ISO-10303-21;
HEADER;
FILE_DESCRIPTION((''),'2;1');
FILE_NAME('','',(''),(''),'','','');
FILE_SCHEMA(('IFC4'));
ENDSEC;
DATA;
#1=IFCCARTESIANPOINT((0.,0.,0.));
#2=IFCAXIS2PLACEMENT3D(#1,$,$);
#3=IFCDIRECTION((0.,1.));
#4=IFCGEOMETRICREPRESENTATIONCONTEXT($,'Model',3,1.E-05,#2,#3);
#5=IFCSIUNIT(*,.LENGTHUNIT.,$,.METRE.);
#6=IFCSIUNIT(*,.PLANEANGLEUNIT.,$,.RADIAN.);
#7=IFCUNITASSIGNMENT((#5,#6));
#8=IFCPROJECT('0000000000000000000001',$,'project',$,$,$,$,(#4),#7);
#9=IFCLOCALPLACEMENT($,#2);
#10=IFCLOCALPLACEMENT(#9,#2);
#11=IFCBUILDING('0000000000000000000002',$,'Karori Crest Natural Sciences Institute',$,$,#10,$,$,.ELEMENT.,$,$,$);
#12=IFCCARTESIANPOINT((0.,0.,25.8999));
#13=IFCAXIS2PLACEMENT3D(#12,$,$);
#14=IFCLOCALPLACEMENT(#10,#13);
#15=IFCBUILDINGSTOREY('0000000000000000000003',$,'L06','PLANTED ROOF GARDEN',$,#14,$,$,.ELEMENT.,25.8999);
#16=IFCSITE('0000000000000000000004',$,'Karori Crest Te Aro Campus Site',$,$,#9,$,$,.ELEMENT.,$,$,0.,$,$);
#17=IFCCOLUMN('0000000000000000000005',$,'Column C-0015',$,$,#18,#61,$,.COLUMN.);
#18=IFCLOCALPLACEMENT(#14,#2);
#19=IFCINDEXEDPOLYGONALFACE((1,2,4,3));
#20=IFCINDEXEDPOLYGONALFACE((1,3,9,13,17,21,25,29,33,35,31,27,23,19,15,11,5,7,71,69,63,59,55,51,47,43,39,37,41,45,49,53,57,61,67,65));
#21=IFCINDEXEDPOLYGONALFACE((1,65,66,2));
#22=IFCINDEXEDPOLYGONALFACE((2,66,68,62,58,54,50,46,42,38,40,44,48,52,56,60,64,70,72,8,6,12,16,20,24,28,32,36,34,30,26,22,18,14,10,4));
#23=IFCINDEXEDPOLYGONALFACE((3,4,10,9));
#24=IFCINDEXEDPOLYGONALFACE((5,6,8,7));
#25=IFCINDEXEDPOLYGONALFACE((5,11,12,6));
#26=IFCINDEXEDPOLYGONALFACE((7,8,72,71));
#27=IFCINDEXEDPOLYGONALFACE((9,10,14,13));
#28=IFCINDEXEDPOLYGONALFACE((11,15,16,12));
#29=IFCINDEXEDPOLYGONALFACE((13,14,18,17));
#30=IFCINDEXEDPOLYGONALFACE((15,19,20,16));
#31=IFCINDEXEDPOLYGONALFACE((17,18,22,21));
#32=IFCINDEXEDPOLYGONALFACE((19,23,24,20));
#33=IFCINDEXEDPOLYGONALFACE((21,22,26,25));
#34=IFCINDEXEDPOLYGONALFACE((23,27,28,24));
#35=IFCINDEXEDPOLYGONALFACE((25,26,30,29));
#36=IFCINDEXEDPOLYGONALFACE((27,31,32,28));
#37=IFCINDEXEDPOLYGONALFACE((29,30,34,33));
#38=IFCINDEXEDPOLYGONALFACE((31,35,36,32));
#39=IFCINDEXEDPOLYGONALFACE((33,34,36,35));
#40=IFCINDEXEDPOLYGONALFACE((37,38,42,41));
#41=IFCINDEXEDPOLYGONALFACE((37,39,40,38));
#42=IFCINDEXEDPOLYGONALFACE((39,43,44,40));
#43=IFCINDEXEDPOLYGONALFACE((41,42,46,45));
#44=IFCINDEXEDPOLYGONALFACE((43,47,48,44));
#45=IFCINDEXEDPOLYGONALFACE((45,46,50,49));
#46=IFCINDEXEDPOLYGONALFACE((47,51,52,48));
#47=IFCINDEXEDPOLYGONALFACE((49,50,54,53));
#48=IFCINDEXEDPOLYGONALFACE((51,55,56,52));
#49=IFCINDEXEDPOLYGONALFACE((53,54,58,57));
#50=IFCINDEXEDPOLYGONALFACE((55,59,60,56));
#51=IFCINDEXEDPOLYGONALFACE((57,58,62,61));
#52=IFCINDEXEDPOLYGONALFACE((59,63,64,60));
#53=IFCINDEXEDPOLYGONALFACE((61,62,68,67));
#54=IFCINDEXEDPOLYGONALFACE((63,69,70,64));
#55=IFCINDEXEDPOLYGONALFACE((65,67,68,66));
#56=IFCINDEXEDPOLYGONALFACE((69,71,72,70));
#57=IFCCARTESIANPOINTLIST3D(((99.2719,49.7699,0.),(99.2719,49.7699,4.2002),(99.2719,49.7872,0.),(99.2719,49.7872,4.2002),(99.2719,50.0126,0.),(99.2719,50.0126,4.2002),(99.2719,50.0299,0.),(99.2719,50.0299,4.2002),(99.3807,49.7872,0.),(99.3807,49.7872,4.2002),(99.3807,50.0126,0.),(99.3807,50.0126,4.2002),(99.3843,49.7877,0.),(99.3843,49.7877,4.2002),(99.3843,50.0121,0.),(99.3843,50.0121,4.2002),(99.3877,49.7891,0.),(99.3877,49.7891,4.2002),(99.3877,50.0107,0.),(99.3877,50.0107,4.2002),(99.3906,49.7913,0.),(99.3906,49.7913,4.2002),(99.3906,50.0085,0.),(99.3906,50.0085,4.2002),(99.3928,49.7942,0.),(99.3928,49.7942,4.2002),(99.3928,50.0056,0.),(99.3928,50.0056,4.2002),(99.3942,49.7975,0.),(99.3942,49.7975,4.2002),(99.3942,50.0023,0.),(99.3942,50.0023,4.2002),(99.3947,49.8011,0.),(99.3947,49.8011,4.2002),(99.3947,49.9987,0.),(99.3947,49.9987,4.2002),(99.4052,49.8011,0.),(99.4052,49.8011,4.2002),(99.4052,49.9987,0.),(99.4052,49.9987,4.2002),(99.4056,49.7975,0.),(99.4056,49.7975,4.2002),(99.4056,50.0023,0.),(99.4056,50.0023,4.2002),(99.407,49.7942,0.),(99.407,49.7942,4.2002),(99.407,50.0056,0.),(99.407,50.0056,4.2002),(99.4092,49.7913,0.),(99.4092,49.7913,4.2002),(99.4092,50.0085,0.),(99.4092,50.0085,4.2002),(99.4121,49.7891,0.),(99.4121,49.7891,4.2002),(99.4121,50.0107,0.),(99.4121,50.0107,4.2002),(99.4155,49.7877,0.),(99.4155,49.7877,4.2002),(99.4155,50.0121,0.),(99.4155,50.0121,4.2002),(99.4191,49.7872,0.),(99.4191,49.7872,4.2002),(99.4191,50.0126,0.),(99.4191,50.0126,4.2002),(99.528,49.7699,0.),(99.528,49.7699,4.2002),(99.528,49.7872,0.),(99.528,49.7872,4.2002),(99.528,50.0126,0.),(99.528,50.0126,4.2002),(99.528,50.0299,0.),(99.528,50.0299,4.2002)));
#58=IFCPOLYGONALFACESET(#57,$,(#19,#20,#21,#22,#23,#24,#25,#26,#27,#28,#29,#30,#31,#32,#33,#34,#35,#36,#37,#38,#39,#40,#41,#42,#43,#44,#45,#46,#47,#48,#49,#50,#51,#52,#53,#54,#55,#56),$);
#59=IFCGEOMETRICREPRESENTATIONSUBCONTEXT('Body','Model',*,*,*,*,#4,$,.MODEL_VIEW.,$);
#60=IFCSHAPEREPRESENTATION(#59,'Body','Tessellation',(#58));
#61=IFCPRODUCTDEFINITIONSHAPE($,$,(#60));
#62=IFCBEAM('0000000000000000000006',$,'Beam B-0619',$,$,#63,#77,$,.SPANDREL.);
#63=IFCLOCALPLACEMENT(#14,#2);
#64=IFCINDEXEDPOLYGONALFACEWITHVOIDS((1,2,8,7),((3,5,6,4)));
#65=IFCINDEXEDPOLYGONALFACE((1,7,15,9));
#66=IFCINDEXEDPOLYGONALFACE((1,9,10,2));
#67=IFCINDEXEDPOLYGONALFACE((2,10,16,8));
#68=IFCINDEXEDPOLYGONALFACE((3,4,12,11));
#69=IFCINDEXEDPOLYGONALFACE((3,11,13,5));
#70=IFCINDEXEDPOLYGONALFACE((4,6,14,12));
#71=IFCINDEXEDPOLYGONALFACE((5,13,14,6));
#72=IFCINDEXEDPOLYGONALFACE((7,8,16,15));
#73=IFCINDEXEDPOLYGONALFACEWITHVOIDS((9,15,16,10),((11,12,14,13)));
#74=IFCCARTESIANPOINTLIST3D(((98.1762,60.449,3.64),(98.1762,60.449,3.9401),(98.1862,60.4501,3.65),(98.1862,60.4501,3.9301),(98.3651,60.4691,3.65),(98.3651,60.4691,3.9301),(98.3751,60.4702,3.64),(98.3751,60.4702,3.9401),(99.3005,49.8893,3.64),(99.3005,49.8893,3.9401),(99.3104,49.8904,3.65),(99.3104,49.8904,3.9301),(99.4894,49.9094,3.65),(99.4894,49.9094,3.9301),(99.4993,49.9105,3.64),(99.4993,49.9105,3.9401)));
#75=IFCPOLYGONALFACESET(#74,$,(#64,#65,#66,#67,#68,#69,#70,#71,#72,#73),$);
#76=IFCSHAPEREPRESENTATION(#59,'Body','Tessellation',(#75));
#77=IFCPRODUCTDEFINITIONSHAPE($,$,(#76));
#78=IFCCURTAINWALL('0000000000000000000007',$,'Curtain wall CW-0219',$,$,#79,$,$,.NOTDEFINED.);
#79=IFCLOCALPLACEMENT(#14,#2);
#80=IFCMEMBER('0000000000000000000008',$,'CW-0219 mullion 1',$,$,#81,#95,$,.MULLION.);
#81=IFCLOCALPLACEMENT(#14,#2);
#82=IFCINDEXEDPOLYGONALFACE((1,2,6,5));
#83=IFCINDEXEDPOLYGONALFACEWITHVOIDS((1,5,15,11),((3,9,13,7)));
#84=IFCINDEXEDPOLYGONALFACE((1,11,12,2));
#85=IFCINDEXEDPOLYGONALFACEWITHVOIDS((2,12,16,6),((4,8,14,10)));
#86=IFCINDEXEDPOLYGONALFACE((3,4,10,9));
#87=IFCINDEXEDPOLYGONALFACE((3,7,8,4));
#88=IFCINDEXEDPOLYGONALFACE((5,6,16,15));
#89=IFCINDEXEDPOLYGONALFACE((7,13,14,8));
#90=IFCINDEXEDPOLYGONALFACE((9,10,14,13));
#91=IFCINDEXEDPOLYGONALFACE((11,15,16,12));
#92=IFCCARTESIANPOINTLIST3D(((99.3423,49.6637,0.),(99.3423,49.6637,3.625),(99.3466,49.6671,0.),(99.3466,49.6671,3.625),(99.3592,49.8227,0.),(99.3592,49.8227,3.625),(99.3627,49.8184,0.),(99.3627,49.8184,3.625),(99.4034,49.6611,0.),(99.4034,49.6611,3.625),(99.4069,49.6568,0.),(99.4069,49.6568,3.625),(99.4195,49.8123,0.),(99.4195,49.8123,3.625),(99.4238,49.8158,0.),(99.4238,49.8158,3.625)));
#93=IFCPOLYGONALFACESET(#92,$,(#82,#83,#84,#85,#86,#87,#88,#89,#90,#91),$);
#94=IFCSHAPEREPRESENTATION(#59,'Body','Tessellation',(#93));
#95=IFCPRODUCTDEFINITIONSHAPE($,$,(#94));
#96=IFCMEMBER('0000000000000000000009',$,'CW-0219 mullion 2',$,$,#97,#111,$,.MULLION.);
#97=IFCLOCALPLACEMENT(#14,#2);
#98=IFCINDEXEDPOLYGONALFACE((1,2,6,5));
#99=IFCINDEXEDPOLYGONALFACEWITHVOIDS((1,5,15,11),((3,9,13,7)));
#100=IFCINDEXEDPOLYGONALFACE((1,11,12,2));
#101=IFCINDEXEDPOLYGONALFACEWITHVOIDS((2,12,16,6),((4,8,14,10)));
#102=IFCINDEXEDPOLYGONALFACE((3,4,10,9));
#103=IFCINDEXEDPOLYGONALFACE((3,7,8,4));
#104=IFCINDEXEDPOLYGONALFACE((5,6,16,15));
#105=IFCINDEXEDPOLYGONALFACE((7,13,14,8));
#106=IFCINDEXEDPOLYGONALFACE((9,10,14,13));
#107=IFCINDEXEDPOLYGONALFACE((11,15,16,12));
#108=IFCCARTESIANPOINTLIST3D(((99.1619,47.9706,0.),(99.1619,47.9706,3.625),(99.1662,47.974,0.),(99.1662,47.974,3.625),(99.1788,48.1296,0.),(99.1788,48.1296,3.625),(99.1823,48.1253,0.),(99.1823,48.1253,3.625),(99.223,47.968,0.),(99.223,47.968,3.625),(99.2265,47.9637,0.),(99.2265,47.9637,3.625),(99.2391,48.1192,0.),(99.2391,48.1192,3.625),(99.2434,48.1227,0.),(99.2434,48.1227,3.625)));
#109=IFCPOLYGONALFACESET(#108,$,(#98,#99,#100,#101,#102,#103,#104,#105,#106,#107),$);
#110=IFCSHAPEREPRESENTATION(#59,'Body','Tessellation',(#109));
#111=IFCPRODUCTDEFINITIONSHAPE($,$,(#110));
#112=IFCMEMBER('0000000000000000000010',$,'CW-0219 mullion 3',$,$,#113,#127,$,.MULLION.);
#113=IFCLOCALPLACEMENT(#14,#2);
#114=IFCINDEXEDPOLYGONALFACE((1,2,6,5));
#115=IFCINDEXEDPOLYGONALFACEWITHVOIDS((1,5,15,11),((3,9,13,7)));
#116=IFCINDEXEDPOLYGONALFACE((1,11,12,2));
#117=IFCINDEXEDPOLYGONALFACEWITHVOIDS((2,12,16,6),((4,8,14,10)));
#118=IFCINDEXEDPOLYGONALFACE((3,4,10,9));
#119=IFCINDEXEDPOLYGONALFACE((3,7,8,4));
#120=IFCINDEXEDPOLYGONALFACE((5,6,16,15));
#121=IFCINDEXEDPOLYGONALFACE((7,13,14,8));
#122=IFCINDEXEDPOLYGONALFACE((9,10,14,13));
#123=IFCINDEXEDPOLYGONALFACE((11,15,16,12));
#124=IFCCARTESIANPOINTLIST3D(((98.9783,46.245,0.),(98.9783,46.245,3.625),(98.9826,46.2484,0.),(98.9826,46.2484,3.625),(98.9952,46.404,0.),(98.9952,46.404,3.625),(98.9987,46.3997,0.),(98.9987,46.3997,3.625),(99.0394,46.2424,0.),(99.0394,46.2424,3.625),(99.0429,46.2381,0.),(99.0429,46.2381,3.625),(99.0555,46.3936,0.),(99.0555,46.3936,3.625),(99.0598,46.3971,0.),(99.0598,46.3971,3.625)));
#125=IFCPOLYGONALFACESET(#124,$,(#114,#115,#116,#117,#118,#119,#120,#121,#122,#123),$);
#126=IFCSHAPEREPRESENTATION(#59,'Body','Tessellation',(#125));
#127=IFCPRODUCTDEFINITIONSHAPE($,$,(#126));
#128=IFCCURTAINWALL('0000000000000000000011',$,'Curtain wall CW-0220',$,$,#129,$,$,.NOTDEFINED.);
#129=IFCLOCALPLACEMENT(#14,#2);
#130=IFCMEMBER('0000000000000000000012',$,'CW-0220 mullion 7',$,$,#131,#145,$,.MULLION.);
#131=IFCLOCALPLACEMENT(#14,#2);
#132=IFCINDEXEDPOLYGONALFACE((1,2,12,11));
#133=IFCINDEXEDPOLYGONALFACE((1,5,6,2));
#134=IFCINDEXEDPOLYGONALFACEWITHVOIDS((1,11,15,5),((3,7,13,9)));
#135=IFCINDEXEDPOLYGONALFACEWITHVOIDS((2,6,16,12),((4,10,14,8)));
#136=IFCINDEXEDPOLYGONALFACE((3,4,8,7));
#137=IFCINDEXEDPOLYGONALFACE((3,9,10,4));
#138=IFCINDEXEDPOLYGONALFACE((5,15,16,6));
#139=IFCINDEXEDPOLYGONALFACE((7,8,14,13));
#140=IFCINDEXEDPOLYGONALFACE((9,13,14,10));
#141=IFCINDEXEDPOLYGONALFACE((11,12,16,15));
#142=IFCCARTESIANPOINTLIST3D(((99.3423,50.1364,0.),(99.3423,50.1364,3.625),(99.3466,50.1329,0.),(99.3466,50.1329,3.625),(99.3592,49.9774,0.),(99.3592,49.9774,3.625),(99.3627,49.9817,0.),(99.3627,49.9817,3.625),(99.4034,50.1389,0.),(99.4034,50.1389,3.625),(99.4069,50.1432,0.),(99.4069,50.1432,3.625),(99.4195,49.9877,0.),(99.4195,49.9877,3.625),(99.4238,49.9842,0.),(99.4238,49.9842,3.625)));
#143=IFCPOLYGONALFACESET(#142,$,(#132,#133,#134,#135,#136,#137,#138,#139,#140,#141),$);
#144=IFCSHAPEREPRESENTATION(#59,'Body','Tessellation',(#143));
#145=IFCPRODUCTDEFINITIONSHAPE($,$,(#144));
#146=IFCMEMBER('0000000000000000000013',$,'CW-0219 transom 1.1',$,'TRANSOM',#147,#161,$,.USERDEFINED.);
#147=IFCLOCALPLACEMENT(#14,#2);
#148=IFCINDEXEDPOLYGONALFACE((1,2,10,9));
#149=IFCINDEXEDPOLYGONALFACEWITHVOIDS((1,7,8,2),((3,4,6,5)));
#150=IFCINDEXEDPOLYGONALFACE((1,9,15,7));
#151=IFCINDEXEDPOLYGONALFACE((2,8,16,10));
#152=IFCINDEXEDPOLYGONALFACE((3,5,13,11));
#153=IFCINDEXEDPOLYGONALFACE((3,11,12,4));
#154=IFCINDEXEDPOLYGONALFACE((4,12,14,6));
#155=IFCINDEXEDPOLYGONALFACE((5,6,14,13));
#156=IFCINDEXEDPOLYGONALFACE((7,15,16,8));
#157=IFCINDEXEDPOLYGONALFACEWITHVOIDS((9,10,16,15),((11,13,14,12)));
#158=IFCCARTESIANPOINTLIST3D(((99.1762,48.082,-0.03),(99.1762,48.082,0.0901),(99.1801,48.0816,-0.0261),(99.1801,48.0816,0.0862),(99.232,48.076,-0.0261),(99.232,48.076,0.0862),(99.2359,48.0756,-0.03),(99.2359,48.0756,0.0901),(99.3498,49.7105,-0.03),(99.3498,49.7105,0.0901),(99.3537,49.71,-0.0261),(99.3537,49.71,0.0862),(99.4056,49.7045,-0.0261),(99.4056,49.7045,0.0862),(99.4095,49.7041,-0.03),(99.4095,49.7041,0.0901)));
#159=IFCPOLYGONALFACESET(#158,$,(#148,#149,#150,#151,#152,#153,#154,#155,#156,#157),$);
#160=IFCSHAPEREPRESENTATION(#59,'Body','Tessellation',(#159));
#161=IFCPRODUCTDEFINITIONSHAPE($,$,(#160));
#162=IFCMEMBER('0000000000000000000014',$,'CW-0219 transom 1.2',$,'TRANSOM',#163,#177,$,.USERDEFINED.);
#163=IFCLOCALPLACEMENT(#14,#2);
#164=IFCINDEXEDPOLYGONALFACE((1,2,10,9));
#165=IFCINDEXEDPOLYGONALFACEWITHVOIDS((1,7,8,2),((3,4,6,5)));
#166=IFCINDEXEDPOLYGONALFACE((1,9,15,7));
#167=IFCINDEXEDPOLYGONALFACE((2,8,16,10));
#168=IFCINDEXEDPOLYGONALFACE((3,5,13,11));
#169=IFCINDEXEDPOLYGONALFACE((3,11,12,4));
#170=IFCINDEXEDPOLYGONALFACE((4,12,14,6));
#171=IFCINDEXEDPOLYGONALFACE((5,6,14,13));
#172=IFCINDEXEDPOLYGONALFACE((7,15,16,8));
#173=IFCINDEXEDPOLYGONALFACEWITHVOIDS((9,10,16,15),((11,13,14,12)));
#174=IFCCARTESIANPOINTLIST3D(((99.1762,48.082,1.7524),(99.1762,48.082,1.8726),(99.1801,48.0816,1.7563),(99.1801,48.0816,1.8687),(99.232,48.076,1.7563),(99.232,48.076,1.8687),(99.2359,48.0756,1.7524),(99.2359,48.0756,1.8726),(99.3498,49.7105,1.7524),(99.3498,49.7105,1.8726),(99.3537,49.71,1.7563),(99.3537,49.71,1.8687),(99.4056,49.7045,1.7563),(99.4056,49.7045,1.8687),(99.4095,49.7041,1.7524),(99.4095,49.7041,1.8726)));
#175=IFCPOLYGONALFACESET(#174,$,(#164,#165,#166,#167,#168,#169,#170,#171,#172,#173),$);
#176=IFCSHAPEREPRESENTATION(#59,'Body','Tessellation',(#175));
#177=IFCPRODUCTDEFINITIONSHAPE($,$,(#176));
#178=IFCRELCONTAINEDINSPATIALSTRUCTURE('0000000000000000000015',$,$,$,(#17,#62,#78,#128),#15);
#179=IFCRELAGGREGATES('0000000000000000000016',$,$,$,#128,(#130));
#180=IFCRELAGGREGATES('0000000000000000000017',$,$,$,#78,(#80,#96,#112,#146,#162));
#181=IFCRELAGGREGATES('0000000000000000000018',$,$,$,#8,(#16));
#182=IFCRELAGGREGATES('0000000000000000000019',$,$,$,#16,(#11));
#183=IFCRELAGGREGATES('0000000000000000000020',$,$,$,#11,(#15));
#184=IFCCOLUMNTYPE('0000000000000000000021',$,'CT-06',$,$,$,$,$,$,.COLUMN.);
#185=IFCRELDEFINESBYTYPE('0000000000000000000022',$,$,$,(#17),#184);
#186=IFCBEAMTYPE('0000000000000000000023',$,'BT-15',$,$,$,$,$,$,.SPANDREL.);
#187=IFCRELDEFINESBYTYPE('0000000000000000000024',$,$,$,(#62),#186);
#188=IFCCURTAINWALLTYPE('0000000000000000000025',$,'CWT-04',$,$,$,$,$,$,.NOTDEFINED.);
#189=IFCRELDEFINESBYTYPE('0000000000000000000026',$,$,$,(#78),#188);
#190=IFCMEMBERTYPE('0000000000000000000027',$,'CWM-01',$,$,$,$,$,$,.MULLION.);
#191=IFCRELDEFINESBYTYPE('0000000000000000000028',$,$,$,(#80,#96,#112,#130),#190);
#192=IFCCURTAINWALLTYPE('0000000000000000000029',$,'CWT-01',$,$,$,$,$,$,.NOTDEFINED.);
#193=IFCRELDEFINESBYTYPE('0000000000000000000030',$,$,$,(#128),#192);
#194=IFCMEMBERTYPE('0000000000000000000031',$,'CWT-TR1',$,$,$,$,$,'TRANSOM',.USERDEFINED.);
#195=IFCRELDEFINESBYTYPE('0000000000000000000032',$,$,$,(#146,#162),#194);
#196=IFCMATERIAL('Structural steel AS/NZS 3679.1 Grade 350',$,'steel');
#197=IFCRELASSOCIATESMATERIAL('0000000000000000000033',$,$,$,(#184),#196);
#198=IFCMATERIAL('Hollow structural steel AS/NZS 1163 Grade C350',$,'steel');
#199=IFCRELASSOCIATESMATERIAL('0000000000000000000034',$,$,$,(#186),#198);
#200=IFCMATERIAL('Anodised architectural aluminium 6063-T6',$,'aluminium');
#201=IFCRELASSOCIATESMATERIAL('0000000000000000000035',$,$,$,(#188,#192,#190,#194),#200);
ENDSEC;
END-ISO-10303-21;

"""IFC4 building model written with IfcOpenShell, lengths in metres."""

from ifc_helpers import new_model, si_unit, direction, frame, origin, origin_2d, place, context, subcontext, project, spatial, hollow_rectangle, i_section, extrude, material, material_profile, profile_set, type_object, element, aggregate, save


model = new_model("IFC4")

# Units and contexts
model_context = context("Model", 3, precision=1e-05, world=origin(), true_north=direction((0.0, 1.0)))
body_context = subcontext(model_context, "Body", "Model", "MODEL_VIEW")
ifc_project = project(units=[si_unit("LENGTHUNIT", "METRE"), si_unit("PLANEANGLEUNIT", "RADIAN")], contexts=[model_context])

# Site, building, storey
site_placement = place(None, origin())
site = spatial("IfcSite", under=ifc_project, at=site_placement, Name="Karori Crest Te Aro Campus Site", CompositionType="ELEMENT", RefElevation=0.0)
building_placement = place(site_placement, origin())
building = spatial("IfcBuilding", under=site, at=building_placement, Name="Karori Crest Natural Sciences Institute", CompositionType="ELEMENT")
storey_placement = place(building_placement, frame((0.0, 0.0, 25.8999)))
storey = spatial("IfcBuildingStorey", under=building, at=storey_placement, Name="L06", Description="PLANTED ROOF GARDEN", CompositionType="ELEMENT", Elevation=25.8999)

# Column
ifc_material_1 = material(Name="Structural steel AS/NZS 3679.1 Grade 350", Category="steel")
ifc_material_profile_1 = material_profile(ifc_material_1, i_section(OverallWidth=0.2561, OverallDepth=0.26, WebThickness=0.0105, FlangeThickness=0.0173, FilletRadius=0.0139, at=origin_2d()), Name="250UC89.5")
ifc_profile_set_1 = profile_set([ifc_material_profile_1], Name="Structural steel AS/NZS 3679.1 Grade 350")
column_type = type_object("IfcColumnType", Name="CT-06", PredefinedType="COLUMN", material=ifc_profile_set_1)
column_placement = place(storey_placement, frame((99.3999, 49.8999, 0.0), z_axis=(0.0, 0.0, 1.0), x_axis=(1.0, 0.0, 0.0)))
element("IfcColumn", 1, at=column_placement, inside=storey, type_object=column_type, Name="Column C-0015", PredefinedType="COLUMN", context=body_context, shape_type="SweptSolid", body=[
    extrude(i_section(OverallWidth=0.2561, OverallDepth=0.26, WebThickness=0.0105, FlangeThickness=0.0173, FilletRadius=0.0139, at=origin_2d()), origin(), (0.0, 0.0, 1.0), 4.2002),
])

# Beam
ifc_material_2 = material(Name="Hollow structural steel AS/NZS 1163 Grade C350", Category="steel")
ifc_material_profile_2 = material_profile(ifc_material_2, hollow_rectangle(XDim=0.2, YDim=0.3, WallThickness=0.01, at=origin_2d()), Name="RHS300x200x10")
ifc_profile_set_2 = profile_set([ifc_material_profile_2], Name="Hollow structural steel AS/NZS 1163 Grade C350")
beam_type = type_object("IfcBeamType", Name="BT-15", PredefinedType="SPANDREL", material=ifc_profile_set_2)
beam_placement = place(storey_placement, frame((99.3999, 49.8999, 3.79), z_axis=(-0.105868, 0.99438, 0.0), x_axis=(-0.99438, -0.105868, 0.0)))
element("IfcBeam", 2, at=beam_placement, inside=storey, type_object=beam_type, Name="Beam B-0619", PredefinedType="SPANDREL", context=body_context, shape_type="SweptSolid", body=[
    extrude(hollow_rectangle(XDim=0.2, YDim=0.3, WallThickness=0.01, at=origin_2d()), origin(), (0.0, 0.0, 1.0), 10.6194),
])

# Curtain wall, members
ifc_material_3 = material(Name="Anodised architectural aluminium 6063-T6", Category="aluminium")
curtain_wall_type_1 = type_object("IfcCurtainWallType", Name="CWT-04", PredefinedType="NOTDEFINED", material=ifc_material_3)
curtain_wall_1_placement = place(storey_placement, origin())
curtain_wall_1 = element("IfcCurtainWall", 3, at=curtain_wall_1_placement, inside=storey, type_object=curtain_wall_type_1, Name="Curtain wall CW-0219", PredefinedType="NOTDEFINED")
ifc_material_profile_3 = material_profile(ifc_material_3, hollow_rectangle(XDim=0.0649, YDim=0.1599, WallThickness=0.0039, at=origin_2d()), Name="CWM160x65x4")
ifc_profile_set_3 = profile_set([ifc_material_profile_3], Name="Anodised architectural aluminium 6063-T6")
member_type_1 = type_object("IfcMemberType", Name="CWM-01", PredefinedType="MULLION", material=ifc_profile_set_3)
member_1_placement = place(storey_placement, frame((99.3831, 49.7397, 0.0), z_axis=(0.0, 0.0, 1.0), x_axis=(0.994378, -0.105886, 0.0)))
member_1 = element("IfcMember", 4, at=member_1_placement, type_object=member_type_1, Name="CW-0219 mullion 1", PredefinedType="MULLION", context=body_context, shape_type="SweptSolid", body=[
    extrude(hollow_rectangle(XDim=0.0649, YDim=0.1599, WallThickness=0.0039, at=origin_2d()), origin(), (0.0, 0.0, 1.0), 3.625),
])
member_2_placement = place(storey_placement, frame((99.2026, 48.0466, 0.0), z_axis=(0.0, 0.0, 1.0), x_axis=(0.994378, -0.105886, 0.0)))
member_2 = element("IfcMember", 5, at=member_2_placement, type_object=member_type_1, Name="CW-0219 mullion 2", PredefinedType="MULLION", context=body_context, shape_type="SweptSolid", body=[
    extrude(hollow_rectangle(XDim=0.0649, YDim=0.1599, WallThickness=0.0039, at=origin_2d()), origin(), (0.0, 0.0, 1.0), 3.625),
])
member_3_placement = place(storey_placement, frame((99.019, 46.321, 0.0), z_axis=(0.0, 0.0, 1.0), x_axis=(0.994378, -0.105886, 0.0)))
member_3 = element("IfcMember", 6, at=member_3_placement, type_object=member_type_1, Name="CW-0219 mullion 3", PredefinedType="MULLION", context=body_context, shape_type="SweptSolid", body=[
    extrude(hollow_rectangle(XDim=0.0649, YDim=0.1599, WallThickness=0.0039, at=origin_2d()), origin(), (0.0, 0.0, 1.0), 3.625),
])

# Curtain wall, member
curtain_wall_type_2 = type_object("IfcCurtainWallType", Name="CWT-01", PredefinedType="NOTDEFINED", material=ifc_material_3)
curtain_wall_2_placement = place(storey_placement, origin())
curtain_wall_2 = element("IfcCurtainWall", 7, at=curtain_wall_2_placement, inside=storey, type_object=curtain_wall_type_2, Name="Curtain wall CW-0220", PredefinedType="NOTDEFINED")
member_4_placement = place(storey_placement, frame((99.3831, 50.0603, 0.0), z_axis=(0.0, 0.0, 1.0), x_axis=(0.994378, 0.105884, 0.0)))
member_4 = element("IfcMember", 8, at=member_4_placement, type_object=member_type_1, Name="CW-0220 mullion 7", PredefinedType="MULLION", context=body_context, shape_type="SweptSolid", body=[
    extrude(hollow_rectangle(XDim=0.0649, YDim=0.1599, WallThickness=0.0039, at=origin_2d()), origin(), (0.0, 0.0, 1.0), 3.625),
])

# Members
ifc_material_profile_4 = material_profile(ifc_material_3, hollow_rectangle(XDim=0.0601, YDim=0.1201, WallThickness=0.0039, at=origin_2d()), Name="CWT120x60x4")
ifc_profile_set_4 = profile_set([ifc_material_profile_4], Name="Anodised architectural aluminium 6063-T6")
member_type_2 = type_object("IfcMemberType", Name="CWT-TR1", ElementType="TRANSOM", PredefinedType="USERDEFINED", material=ifc_profile_set_4)
member_5_placement = place(storey_placement, frame((99.3796, 49.7073, 0.03), z_axis=(-0.105996, -0.994367, 0.0), x_axis=(0.994367, -0.105996, 0.0)))
member_5 = element("IfcMember", 9, at=member_5_placement, type_object=member_type_2, Name="CW-0219 transom 1.1", ObjectType="TRANSOM", PredefinedType="USERDEFINED", context=body_context, shape_type="SweptSolid", body=[
    extrude(hollow_rectangle(XDim=0.0601, YDim=0.1201, WallThickness=0.0039, at=origin_2d()), origin(), (0.0, 0.0, 1.0), 1.6377),
])
member_6_placement = place(storey_placement, frame((99.3796, 49.7073, 1.8125), z_axis=(-0.105996, -0.994367, 0.0), x_axis=(0.994367, -0.105996, 0.0)))
member_6 = element("IfcMember", 10, at=member_6_placement, type_object=member_type_2, Name="CW-0219 transom 1.2", ObjectType="TRANSOM", PredefinedType="USERDEFINED", context=body_context, shape_type="SweptSolid", body=[
    extrude(hollow_rectangle(XDim=0.0601, YDim=0.1201, WallThickness=0.0039, at=origin_2d()), origin(), (0.0, 0.0, 1.0), 1.6377),
])

aggregate(curtain_wall_2, [member_4])
aggregate(curtain_wall_1, [member_1, member_2, member_3, member_5, member_6])

save(model, "model.ifc")
